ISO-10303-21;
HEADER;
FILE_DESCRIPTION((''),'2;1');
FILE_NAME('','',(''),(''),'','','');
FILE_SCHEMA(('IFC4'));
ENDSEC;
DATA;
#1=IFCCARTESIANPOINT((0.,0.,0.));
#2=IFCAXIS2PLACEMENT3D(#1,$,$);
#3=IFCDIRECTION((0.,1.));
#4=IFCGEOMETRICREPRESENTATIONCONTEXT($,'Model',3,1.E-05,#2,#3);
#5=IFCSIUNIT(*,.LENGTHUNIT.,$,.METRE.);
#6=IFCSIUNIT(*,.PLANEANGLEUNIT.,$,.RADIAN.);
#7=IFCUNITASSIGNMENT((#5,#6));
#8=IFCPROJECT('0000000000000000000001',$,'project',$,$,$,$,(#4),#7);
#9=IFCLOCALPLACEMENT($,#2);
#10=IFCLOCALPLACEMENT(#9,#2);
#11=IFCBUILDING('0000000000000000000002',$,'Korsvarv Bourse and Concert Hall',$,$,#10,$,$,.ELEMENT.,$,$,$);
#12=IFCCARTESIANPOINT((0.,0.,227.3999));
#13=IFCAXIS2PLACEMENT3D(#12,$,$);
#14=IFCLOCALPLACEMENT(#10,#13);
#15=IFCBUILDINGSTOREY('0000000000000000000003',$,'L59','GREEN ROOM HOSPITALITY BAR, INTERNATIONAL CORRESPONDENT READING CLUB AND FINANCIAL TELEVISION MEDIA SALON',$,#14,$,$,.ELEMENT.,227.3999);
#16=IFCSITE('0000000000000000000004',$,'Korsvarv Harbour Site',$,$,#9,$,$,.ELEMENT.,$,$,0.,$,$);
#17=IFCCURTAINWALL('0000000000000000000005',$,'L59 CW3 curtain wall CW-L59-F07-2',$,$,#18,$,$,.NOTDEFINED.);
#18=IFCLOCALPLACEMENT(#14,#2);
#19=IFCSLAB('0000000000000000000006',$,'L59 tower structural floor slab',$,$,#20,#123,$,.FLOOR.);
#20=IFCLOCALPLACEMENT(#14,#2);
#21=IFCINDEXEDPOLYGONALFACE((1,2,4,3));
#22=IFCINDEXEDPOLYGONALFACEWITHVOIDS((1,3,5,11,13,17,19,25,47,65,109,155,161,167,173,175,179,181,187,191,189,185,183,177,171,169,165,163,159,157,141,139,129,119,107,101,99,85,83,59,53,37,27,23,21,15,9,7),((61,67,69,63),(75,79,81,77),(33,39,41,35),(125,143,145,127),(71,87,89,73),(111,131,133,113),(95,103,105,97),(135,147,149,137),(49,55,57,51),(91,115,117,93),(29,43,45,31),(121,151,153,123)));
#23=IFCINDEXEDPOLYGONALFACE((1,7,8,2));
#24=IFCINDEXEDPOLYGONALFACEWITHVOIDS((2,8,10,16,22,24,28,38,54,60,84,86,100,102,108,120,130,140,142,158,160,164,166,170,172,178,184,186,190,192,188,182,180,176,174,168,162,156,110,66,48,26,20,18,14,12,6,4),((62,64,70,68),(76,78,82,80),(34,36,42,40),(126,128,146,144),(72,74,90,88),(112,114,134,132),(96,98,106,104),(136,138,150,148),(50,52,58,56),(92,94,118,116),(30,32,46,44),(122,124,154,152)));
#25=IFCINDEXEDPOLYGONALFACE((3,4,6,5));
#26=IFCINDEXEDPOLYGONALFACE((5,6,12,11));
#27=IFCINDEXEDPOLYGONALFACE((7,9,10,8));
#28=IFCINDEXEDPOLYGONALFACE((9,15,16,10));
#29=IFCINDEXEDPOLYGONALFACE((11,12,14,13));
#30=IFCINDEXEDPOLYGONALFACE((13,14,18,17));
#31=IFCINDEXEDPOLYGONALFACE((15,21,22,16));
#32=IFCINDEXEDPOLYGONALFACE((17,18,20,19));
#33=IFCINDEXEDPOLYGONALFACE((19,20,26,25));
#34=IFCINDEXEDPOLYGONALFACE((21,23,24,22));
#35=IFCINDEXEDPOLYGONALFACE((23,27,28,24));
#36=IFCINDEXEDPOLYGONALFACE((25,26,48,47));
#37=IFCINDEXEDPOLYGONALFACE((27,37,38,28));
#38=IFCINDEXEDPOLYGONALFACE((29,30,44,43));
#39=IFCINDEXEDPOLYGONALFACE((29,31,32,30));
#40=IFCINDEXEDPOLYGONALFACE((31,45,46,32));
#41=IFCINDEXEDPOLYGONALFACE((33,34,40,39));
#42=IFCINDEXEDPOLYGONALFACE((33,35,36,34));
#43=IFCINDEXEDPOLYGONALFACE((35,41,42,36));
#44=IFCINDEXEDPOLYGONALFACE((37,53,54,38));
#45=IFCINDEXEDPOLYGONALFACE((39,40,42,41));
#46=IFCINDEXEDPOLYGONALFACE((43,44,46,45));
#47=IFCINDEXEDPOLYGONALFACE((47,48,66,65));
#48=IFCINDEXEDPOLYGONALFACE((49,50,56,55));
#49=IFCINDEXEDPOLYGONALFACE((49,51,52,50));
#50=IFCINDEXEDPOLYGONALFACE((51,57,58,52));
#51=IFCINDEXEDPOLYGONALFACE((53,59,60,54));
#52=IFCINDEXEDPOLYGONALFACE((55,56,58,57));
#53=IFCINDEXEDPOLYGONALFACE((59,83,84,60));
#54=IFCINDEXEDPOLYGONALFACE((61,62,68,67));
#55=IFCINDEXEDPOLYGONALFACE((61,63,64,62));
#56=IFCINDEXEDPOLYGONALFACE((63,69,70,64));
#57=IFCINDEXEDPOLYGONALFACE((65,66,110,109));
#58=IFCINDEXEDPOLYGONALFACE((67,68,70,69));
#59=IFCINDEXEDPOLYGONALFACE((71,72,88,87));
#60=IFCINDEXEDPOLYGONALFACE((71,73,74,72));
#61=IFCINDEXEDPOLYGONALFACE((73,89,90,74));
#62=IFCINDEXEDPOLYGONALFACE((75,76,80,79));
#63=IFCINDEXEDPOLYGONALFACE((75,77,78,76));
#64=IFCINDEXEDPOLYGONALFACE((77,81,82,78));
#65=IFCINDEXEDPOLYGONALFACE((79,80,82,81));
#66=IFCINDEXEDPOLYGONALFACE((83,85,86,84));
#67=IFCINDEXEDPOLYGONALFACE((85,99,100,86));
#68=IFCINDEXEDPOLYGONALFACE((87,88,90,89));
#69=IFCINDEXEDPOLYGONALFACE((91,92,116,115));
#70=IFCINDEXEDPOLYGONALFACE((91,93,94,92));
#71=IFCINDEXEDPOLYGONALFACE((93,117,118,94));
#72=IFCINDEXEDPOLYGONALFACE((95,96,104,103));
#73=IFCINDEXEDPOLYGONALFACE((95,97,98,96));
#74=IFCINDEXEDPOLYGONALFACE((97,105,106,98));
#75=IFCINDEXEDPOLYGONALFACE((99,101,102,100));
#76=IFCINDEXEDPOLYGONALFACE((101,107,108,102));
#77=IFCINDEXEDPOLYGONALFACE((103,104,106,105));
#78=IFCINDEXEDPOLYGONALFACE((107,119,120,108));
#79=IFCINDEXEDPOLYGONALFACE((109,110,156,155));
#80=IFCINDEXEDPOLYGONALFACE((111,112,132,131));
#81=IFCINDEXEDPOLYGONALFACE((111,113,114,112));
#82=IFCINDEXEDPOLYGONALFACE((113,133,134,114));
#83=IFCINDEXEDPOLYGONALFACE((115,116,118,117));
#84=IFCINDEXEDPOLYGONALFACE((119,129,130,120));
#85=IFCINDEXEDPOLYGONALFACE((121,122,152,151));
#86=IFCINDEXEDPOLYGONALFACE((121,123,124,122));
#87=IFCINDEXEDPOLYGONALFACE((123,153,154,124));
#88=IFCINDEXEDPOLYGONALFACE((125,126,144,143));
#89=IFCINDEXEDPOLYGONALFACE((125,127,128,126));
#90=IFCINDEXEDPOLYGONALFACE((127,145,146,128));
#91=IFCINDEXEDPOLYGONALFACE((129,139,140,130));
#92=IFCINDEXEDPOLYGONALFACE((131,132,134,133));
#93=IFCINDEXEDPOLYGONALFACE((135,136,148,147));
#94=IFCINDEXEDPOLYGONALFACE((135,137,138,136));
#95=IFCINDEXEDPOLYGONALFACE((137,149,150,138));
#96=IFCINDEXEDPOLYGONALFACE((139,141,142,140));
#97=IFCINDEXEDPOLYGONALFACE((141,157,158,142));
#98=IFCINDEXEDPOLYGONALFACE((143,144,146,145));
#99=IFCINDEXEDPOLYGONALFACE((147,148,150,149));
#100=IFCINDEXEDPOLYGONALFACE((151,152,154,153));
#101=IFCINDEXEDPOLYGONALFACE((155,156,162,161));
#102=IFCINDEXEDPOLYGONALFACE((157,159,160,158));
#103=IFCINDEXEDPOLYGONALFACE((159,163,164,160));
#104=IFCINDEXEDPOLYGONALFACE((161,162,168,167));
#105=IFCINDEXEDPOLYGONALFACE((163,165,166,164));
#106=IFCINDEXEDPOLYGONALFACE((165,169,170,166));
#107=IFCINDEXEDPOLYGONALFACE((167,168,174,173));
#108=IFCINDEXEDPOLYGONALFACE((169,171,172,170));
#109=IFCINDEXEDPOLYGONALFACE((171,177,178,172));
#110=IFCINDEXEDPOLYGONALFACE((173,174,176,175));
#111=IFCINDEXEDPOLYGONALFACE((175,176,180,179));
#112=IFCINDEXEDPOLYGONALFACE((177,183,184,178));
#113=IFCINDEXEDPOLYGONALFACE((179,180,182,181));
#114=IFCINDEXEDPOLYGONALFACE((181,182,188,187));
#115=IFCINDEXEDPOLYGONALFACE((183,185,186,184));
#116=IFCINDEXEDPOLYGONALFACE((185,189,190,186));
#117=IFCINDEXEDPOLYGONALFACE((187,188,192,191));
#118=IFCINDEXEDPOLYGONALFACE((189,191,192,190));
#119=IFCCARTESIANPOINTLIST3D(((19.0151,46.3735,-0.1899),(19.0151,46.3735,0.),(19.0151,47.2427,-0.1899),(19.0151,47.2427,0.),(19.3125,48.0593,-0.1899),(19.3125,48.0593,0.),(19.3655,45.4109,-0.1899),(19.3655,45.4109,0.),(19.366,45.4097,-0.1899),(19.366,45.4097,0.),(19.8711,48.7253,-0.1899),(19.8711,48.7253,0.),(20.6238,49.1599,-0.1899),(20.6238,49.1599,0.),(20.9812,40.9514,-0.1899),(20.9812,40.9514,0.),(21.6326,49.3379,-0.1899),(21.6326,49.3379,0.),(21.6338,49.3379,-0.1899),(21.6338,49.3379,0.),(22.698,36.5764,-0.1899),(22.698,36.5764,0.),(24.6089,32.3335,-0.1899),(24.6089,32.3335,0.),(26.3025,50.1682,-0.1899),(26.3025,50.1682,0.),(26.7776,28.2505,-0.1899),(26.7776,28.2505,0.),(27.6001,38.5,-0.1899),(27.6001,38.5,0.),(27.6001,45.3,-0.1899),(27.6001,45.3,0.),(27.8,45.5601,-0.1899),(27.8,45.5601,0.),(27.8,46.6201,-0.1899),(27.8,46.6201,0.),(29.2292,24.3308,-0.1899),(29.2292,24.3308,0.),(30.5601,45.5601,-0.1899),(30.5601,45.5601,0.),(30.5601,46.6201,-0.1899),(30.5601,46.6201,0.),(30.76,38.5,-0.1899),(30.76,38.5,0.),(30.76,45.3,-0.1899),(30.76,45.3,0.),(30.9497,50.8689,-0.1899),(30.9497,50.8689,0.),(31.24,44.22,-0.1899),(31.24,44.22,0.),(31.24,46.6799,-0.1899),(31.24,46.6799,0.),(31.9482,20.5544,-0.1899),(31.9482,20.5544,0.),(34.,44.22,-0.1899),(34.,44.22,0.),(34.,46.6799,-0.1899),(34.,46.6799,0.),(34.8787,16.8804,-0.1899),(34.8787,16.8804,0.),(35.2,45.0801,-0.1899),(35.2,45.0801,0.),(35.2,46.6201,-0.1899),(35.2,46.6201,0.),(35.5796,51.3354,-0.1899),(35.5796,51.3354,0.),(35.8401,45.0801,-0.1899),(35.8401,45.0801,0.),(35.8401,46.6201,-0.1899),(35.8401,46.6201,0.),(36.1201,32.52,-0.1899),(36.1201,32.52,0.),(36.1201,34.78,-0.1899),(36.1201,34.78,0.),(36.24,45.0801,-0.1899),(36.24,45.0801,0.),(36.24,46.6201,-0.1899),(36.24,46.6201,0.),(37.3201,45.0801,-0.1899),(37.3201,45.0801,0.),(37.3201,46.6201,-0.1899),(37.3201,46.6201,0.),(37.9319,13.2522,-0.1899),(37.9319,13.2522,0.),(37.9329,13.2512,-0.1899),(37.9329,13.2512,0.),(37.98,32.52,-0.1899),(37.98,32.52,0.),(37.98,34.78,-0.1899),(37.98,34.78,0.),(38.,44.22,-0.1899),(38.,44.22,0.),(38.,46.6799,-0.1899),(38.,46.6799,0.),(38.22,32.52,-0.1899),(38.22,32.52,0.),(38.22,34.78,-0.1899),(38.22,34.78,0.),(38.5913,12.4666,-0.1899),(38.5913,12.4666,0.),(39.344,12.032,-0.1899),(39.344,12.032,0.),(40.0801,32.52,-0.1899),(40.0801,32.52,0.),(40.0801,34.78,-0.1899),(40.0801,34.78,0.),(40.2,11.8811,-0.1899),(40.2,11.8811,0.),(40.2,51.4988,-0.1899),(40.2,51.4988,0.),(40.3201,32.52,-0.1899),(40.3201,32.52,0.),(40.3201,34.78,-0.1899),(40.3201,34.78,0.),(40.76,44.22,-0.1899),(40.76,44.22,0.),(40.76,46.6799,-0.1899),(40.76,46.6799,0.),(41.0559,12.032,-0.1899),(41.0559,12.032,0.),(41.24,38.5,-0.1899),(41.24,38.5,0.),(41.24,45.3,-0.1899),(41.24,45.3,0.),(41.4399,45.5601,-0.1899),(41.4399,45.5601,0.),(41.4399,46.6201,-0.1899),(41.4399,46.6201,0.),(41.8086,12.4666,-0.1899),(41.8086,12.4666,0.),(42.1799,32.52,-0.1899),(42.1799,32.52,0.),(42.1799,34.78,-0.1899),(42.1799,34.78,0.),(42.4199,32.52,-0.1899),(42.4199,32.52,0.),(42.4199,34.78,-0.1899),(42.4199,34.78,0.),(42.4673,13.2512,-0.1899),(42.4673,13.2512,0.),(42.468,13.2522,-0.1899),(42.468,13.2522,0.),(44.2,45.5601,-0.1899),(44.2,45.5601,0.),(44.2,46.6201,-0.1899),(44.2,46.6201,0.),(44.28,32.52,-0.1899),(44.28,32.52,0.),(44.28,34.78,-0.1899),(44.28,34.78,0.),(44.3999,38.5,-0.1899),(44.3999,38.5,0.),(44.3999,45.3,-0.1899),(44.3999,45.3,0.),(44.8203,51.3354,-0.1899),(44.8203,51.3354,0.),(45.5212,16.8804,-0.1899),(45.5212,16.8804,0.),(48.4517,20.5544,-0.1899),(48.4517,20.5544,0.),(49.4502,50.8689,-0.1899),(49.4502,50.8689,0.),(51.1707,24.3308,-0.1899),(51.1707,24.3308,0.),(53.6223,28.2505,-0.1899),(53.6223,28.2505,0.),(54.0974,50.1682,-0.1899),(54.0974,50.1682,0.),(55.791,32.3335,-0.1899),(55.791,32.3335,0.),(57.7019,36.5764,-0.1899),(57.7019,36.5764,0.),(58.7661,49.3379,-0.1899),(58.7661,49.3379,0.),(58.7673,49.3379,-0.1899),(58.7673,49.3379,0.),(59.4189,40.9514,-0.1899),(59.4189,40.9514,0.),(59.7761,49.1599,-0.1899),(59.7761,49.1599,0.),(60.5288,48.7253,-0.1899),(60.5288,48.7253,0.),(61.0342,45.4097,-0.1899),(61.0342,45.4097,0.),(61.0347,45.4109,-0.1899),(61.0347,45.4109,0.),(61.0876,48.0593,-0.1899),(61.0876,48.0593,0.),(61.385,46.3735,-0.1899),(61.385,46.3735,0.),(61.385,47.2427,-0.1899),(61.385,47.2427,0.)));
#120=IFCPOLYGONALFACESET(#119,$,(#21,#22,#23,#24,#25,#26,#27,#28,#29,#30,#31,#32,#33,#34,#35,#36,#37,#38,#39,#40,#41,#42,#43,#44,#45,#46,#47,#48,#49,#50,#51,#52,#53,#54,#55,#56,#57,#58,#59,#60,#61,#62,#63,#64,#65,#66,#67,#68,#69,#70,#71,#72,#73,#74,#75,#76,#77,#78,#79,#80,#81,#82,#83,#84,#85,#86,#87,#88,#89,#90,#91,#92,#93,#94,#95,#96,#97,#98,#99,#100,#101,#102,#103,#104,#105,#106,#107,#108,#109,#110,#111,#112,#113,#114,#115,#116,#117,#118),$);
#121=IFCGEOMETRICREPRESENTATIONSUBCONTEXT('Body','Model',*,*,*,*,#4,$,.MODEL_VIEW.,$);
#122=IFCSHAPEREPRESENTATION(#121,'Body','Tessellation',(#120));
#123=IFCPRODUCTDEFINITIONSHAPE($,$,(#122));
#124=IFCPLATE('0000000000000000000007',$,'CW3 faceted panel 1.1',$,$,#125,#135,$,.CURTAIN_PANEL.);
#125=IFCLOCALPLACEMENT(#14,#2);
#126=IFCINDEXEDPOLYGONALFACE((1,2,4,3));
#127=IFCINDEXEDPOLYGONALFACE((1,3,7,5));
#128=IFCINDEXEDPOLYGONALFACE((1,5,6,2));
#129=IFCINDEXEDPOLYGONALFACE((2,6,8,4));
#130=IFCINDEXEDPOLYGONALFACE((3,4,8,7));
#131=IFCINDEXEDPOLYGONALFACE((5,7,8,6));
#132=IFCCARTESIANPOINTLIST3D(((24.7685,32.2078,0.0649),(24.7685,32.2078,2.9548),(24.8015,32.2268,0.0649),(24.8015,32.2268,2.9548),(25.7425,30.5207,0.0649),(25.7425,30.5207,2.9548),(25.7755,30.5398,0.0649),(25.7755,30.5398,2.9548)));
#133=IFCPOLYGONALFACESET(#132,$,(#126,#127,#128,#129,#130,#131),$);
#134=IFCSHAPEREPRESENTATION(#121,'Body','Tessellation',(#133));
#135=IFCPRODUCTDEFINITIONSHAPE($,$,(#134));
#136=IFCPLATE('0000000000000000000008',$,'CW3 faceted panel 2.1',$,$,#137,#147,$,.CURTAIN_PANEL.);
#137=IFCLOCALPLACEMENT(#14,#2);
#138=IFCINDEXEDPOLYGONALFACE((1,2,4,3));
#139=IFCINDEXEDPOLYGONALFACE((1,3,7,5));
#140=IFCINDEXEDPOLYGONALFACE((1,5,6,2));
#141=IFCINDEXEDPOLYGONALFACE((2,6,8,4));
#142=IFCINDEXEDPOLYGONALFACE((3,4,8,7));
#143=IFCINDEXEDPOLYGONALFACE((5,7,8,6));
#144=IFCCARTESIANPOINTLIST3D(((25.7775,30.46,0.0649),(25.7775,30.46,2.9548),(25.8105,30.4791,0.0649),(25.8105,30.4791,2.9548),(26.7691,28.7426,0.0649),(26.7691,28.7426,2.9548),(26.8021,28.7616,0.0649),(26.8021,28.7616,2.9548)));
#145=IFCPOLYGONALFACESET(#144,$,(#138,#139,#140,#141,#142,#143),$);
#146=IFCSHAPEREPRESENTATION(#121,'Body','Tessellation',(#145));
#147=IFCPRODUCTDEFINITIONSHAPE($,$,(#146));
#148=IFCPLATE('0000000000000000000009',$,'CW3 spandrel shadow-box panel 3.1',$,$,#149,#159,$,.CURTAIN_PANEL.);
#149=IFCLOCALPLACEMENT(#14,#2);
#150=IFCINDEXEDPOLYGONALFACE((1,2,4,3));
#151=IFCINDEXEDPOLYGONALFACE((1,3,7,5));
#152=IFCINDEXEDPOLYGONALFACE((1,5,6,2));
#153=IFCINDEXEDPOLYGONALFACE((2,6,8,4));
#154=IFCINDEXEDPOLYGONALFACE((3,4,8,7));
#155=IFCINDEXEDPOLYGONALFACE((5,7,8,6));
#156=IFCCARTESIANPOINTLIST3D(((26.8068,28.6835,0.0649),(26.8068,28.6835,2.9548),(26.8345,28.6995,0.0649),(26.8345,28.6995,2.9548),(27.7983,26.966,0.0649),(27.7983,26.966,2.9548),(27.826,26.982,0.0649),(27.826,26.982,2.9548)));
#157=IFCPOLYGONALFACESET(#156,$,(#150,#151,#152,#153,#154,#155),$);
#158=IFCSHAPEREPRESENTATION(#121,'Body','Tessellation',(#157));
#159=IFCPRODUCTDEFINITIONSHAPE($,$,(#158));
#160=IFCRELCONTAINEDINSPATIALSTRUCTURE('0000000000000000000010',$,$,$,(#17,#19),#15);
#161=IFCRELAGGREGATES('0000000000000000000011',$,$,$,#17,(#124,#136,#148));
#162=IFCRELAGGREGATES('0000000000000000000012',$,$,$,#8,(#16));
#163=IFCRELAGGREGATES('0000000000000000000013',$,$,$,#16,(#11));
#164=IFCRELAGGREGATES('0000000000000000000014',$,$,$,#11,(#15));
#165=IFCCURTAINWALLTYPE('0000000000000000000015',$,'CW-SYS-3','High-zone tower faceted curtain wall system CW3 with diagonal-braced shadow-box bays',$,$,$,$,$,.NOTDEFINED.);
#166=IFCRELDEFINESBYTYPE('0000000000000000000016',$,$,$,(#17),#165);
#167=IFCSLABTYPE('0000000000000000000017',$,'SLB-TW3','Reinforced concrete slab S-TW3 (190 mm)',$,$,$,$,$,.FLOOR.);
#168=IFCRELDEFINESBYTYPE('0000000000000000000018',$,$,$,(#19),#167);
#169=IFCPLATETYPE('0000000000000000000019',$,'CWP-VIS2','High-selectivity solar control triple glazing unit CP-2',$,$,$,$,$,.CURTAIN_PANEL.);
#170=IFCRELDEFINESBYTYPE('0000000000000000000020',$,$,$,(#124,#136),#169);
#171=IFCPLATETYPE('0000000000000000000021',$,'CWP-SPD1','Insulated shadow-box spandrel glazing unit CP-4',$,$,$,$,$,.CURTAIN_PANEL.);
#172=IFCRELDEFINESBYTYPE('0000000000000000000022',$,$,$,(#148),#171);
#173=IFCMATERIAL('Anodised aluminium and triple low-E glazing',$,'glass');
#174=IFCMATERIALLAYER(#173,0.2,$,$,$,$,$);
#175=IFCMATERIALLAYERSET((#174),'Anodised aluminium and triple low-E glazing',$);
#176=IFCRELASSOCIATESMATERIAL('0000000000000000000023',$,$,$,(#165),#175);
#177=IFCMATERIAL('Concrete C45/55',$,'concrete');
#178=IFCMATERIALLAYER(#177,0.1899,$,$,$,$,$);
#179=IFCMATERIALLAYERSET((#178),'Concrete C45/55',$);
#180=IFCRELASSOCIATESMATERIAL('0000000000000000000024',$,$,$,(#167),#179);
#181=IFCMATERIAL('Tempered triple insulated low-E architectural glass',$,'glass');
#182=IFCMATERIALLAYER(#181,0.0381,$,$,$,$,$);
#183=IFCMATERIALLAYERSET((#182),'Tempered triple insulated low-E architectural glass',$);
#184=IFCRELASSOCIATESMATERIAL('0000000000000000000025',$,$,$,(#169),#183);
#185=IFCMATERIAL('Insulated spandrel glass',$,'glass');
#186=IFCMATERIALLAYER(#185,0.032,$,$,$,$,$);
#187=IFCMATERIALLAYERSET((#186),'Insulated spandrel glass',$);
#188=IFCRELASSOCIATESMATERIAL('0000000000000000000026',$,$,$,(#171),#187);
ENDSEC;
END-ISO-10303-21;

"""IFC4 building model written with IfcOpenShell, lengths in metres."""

from ifc_helpers import new_model, si_unit, direction, frame, origin, origin_2d, place, context, subcontext, project, spatial, polyline, rectangle, outline, extrude, source, transform, mapped, material, layer, layer_set, type_object, element, aggregate, save


model = new_model("IFC4")

# Units and contexts
model_context = context("Model", 3, precision=1e-05, world=origin(), true_north=direction((0.0, 1.0)))
body_context = subcontext(model_context, "Body", "Model", "MODEL_VIEW")
ifc_project = project(units=[si_unit("LENGTHUNIT", "METRE"), si_unit("PLANEANGLEUNIT", "RADIAN")], contexts=[model_context])

# Site, building, storey
site_placement = place(None, origin())
site = spatial("IfcSite", under=ifc_project, at=site_placement, Name="Korsvarv Harbour Site", CompositionType="ELEMENT", RefElevation=0.0)
building_placement = place(site_placement, origin())
building = spatial("IfcBuilding", under=site, at=building_placement, Name="Korsvarv Bourse and Concert Hall", CompositionType="ELEMENT")
storey_placement = place(building_placement, frame((0.0, 0.0, 227.3999)))
storey = spatial("IfcBuildingStorey", under=building, at=storey_placement, Name="L59", Description="GREEN ROOM HOSPITALITY BAR, INTERNATIONAL CORRESPONDENT READING CLUB AND FINANCIAL TELEVISION MEDIA SALON", CompositionType="ELEMENT", Elevation=227.3999)

# Curtain wall
ifc_material_1 = material(Name="Anodised aluminium and triple low-E glazing", Category="glass")
ifc_layer_1 = layer(ifc_material_1, 0.2)
ifc_layer_set_1 = layer_set([ifc_layer_1], Name="Anodised aluminium and triple low-E glazing")
curtain_wall_type = type_object("IfcCurtainWallType", Name="CW-SYS-3", Description="High-zone tower faceted curtain wall system CW3 with diagonal-braced shadow-box bays", PredefinedType="NOTDEFINED", material=ifc_layer_set_1)
curtain_wall_placement = place(storey_placement, origin())
curtain_wall = element("IfcCurtainWall", 1, at=curtain_wall_placement, inside=storey, type_object=curtain_wall_type, Name="L59 CW3 curtain wall CW-L59-F07-2", PredefinedType="NOTDEFINED")

# Slab
ifc_material_2 = material(Name="Concrete C45/55", Category="concrete")
ifc_layer_2 = layer(ifc_material_2, 0.1899)
ifc_layer_set_2 = layer_set([ifc_layer_2], Name="Concrete C45/55")
slab_type_1 = type_object("IfcSlabType", Name="SLB-TW3", Description="Reinforced concrete slab S-TW3 (190 mm)", PredefinedType="FLOOR", material=ifc_layer_set_2)
slab_1_placement = place(storey_placement, frame((0.0, 0.0, -0.1899)))
element("IfcSlab", 2, at=slab_1_placement, inside=storey, type_object=slab_type_1, Name="L59 tower structural floor slab", PredefinedType="FLOOR", context=body_context, shape_type="SweptSolid", body=[
    extrude(outline(polyline([(61.0342, 45.4097), (59.4189, 40.9514), (57.7019, 36.5764), (55.791, 32.3335), (53.6223, 28.2505), (51.1707, 24.3308), (48.4517, 20.5544), (45.5212, 16.8804), (42.468, 13.2522), (42.4673, 13.2512), (41.8086, 12.4666), (41.0559, 12.032), (40.2, 11.8811), (39.344, 12.032), (38.5913, 12.4666), (37.9329, 13.2512), (37.9319, 13.2522), (34.8787, 16.8804), (31.9482, 20.5544), (29.2292, 24.3308), (26.7776, 28.2505), (24.6089, 32.3335), (22.698, 36.5764), (20.9812, 40.9514), (19.366, 45.4097), (19.3655, 45.4109), (19.0151, 46.3735), (19.0151, 47.2427), (19.3125, 48.0593), (19.8711, 48.7253), (20.6238, 49.1599), (21.6326, 49.3379), (21.6338, 49.3379), (26.3025, 50.1682), (30.9497, 50.8689), (35.5796, 51.3354), (40.2, 51.4988), (44.8203, 51.3354), (49.4502, 50.8689), (54.0974, 50.1682), (58.7661, 49.3379), (58.7673, 49.3379), (59.7761, 49.1599), (60.5288, 48.7253), (61.0876, 48.0593), (61.385, 47.2427), (61.385, 46.3735), (61.0347, 45.4109), (61.0342, 45.4097)]), holes=[polyline([(30.76, 38.5), (30.76, 45.3), (27.6001, 45.3), (27.6001, 38.5), (30.76, 38.5)]), polyline([(44.3999, 38.5), (44.3999, 45.3), (41.24, 45.3), (41.24, 38.5), (44.3999, 38.5)]), polyline([(31.24, 44.22), (34.0, 44.22), (34.0, 46.6799), (31.24, 46.6799), (31.24, 44.22)]), polyline([(38.0, 44.22), (40.76, 44.22), (40.76, 46.6799), (38.0, 46.6799), (38.0, 44.22)]), polyline([(36.1201, 32.52), (37.98, 32.52), (37.98, 34.78), (36.1201, 34.78), (36.1201, 32.52)]), polyline([(38.22, 32.52), (40.0801, 32.52), (40.0801, 34.78), (38.22, 34.78), (38.22, 32.52)]), polyline([(40.3201, 32.52), (42.1799, 32.52), (42.1799, 34.78), (40.3201, 34.78), (40.3201, 32.52)]), polyline([(42.4199, 32.52), (44.28, 32.52), (44.28, 34.78), (42.4199, 34.78), (42.4199, 32.52)]), polyline([(27.8, 45.5601), (30.5601, 45.5601), (30.5601, 46.6201), (27.8, 46.6201), (27.8, 45.5601)]), polyline([(41.4399, 45.5601), (44.2, 45.5601), (44.2, 46.6201), (41.4399, 46.6201), (41.4399, 45.5601)]), polyline([(35.2, 45.0801), (35.8401, 45.0801), (35.8401, 46.6201), (35.2, 46.6201), (35.2, 45.0801)]), polyline([(36.24, 45.0801), (37.3201, 45.0801), (37.3201, 46.6201), (36.24, 46.6201), (36.24, 45.0801)])]), origin(), (0.0, 0.0, 1.0), 0.1899),
])

# Plates
ifc_material_3 = material(Name="Tempered triple insulated low-E architectural glass", Category="glass")
ifc_layer_3 = layer(ifc_material_3, 0.0381)
ifc_layer_set_3 = layer_set([ifc_layer_3], Name="Tempered triple insulated low-E architectural glass")
plate_type_1 = type_object("IfcPlateType", Name="CWP-VIS2", Description="High-selectivity solar control triple glazing unit CP-2", PredefinedType="CURTAIN_PANEL", material=ifc_layer_set_3)
shared_shape_1 = source(origin(), body_context, "Body", "SweptSolid", [
    extrude(rectangle(XDim=1.948, YDim=0.0381, at=origin_2d()), origin(), (0.0, 0.0, 1.0), 2.8899),
])
plate_1_placement = place(storey_placement, frame((25.272, 31.3738, 0.0649), z_axis=(0.0, 0.0, 1.0), x_axis=(0.5, -0.866025, 0.0)))
plate_1 = element("IfcPlate", 3, at=plate_1_placement, type_object=plate_type_1, Name="CW3 faceted panel 1.1", PredefinedType="CURTAIN_PANEL", context=body_context, shape_type="MappedRepresentation", body=[
    mapped(shared_shape_1, transform((0.0, 0.0, 0.0), scale=1.0)),
])
shared_shape_2 = source(origin(), body_context, "Body", "SweptSolid", [
    extrude(rectangle(XDim=1.9832, YDim=0.0381, at=origin_2d()), origin(), (0.0, 0.0, 1.0), 2.8899),
])
plate_2_placement = place(storey_placement, frame((26.2898, 29.6108, 0.0649), z_axis=(0.0, 0.0, 1.0), x_axis=(0.5, -0.866025, 0.0)))
plate_2 = element("IfcPlate", 4, at=plate_2_placement, type_object=plate_type_1, Name="CW3 faceted panel 2.1", PredefinedType="CURTAIN_PANEL", context=body_context, shape_type="MappedRepresentation", body=[
    mapped(shared_shape_2, transform((0.0, 0.0, 0.0), scale=1.0)),
])
ifc_material_4 = material(Name="Insulated spandrel glass", Category="glass")
ifc_layer_4 = layer(ifc_material_4, 0.032)
ifc_layer_set_4 = layer_set([ifc_layer_4], Name="Insulated spandrel glass")
plate_type_2 = type_object("IfcPlateType", Name="CWP-SPD1", Description="Insulated shadow-box spandrel glazing unit CP-4", PredefinedType="CURTAIN_PANEL", material=ifc_layer_set_4)
shared_shape_3 = source(origin(), body_context, "Body", "SweptSolid", [
    extrude(rectangle(XDim=1.9832, YDim=0.032, at=origin_2d()), origin(), (0.0, 0.0, 1.0), 2.8899),
])
plate_3_placement = place(storey_placement, frame((27.3164, 27.8328, 0.0649), z_axis=(0.0, 0.0, 1.0), x_axis=(0.5, -0.866025, 0.0)))
plate_3 = element("IfcPlate", 5, at=plate_3_placement, type_object=plate_type_2, Name="CW3 spandrel shadow-box panel 3.1", PredefinedType="CURTAIN_PANEL", context=body_context, shape_type="MappedRepresentation", body=[
    mapped(shared_shape_3, transform((0.0, 0.0, 0.0), scale=1.0)),
])
aggregate(curtain_wall, [plate_1, plate_2, plate_3])

save(model, "model.ifc")
